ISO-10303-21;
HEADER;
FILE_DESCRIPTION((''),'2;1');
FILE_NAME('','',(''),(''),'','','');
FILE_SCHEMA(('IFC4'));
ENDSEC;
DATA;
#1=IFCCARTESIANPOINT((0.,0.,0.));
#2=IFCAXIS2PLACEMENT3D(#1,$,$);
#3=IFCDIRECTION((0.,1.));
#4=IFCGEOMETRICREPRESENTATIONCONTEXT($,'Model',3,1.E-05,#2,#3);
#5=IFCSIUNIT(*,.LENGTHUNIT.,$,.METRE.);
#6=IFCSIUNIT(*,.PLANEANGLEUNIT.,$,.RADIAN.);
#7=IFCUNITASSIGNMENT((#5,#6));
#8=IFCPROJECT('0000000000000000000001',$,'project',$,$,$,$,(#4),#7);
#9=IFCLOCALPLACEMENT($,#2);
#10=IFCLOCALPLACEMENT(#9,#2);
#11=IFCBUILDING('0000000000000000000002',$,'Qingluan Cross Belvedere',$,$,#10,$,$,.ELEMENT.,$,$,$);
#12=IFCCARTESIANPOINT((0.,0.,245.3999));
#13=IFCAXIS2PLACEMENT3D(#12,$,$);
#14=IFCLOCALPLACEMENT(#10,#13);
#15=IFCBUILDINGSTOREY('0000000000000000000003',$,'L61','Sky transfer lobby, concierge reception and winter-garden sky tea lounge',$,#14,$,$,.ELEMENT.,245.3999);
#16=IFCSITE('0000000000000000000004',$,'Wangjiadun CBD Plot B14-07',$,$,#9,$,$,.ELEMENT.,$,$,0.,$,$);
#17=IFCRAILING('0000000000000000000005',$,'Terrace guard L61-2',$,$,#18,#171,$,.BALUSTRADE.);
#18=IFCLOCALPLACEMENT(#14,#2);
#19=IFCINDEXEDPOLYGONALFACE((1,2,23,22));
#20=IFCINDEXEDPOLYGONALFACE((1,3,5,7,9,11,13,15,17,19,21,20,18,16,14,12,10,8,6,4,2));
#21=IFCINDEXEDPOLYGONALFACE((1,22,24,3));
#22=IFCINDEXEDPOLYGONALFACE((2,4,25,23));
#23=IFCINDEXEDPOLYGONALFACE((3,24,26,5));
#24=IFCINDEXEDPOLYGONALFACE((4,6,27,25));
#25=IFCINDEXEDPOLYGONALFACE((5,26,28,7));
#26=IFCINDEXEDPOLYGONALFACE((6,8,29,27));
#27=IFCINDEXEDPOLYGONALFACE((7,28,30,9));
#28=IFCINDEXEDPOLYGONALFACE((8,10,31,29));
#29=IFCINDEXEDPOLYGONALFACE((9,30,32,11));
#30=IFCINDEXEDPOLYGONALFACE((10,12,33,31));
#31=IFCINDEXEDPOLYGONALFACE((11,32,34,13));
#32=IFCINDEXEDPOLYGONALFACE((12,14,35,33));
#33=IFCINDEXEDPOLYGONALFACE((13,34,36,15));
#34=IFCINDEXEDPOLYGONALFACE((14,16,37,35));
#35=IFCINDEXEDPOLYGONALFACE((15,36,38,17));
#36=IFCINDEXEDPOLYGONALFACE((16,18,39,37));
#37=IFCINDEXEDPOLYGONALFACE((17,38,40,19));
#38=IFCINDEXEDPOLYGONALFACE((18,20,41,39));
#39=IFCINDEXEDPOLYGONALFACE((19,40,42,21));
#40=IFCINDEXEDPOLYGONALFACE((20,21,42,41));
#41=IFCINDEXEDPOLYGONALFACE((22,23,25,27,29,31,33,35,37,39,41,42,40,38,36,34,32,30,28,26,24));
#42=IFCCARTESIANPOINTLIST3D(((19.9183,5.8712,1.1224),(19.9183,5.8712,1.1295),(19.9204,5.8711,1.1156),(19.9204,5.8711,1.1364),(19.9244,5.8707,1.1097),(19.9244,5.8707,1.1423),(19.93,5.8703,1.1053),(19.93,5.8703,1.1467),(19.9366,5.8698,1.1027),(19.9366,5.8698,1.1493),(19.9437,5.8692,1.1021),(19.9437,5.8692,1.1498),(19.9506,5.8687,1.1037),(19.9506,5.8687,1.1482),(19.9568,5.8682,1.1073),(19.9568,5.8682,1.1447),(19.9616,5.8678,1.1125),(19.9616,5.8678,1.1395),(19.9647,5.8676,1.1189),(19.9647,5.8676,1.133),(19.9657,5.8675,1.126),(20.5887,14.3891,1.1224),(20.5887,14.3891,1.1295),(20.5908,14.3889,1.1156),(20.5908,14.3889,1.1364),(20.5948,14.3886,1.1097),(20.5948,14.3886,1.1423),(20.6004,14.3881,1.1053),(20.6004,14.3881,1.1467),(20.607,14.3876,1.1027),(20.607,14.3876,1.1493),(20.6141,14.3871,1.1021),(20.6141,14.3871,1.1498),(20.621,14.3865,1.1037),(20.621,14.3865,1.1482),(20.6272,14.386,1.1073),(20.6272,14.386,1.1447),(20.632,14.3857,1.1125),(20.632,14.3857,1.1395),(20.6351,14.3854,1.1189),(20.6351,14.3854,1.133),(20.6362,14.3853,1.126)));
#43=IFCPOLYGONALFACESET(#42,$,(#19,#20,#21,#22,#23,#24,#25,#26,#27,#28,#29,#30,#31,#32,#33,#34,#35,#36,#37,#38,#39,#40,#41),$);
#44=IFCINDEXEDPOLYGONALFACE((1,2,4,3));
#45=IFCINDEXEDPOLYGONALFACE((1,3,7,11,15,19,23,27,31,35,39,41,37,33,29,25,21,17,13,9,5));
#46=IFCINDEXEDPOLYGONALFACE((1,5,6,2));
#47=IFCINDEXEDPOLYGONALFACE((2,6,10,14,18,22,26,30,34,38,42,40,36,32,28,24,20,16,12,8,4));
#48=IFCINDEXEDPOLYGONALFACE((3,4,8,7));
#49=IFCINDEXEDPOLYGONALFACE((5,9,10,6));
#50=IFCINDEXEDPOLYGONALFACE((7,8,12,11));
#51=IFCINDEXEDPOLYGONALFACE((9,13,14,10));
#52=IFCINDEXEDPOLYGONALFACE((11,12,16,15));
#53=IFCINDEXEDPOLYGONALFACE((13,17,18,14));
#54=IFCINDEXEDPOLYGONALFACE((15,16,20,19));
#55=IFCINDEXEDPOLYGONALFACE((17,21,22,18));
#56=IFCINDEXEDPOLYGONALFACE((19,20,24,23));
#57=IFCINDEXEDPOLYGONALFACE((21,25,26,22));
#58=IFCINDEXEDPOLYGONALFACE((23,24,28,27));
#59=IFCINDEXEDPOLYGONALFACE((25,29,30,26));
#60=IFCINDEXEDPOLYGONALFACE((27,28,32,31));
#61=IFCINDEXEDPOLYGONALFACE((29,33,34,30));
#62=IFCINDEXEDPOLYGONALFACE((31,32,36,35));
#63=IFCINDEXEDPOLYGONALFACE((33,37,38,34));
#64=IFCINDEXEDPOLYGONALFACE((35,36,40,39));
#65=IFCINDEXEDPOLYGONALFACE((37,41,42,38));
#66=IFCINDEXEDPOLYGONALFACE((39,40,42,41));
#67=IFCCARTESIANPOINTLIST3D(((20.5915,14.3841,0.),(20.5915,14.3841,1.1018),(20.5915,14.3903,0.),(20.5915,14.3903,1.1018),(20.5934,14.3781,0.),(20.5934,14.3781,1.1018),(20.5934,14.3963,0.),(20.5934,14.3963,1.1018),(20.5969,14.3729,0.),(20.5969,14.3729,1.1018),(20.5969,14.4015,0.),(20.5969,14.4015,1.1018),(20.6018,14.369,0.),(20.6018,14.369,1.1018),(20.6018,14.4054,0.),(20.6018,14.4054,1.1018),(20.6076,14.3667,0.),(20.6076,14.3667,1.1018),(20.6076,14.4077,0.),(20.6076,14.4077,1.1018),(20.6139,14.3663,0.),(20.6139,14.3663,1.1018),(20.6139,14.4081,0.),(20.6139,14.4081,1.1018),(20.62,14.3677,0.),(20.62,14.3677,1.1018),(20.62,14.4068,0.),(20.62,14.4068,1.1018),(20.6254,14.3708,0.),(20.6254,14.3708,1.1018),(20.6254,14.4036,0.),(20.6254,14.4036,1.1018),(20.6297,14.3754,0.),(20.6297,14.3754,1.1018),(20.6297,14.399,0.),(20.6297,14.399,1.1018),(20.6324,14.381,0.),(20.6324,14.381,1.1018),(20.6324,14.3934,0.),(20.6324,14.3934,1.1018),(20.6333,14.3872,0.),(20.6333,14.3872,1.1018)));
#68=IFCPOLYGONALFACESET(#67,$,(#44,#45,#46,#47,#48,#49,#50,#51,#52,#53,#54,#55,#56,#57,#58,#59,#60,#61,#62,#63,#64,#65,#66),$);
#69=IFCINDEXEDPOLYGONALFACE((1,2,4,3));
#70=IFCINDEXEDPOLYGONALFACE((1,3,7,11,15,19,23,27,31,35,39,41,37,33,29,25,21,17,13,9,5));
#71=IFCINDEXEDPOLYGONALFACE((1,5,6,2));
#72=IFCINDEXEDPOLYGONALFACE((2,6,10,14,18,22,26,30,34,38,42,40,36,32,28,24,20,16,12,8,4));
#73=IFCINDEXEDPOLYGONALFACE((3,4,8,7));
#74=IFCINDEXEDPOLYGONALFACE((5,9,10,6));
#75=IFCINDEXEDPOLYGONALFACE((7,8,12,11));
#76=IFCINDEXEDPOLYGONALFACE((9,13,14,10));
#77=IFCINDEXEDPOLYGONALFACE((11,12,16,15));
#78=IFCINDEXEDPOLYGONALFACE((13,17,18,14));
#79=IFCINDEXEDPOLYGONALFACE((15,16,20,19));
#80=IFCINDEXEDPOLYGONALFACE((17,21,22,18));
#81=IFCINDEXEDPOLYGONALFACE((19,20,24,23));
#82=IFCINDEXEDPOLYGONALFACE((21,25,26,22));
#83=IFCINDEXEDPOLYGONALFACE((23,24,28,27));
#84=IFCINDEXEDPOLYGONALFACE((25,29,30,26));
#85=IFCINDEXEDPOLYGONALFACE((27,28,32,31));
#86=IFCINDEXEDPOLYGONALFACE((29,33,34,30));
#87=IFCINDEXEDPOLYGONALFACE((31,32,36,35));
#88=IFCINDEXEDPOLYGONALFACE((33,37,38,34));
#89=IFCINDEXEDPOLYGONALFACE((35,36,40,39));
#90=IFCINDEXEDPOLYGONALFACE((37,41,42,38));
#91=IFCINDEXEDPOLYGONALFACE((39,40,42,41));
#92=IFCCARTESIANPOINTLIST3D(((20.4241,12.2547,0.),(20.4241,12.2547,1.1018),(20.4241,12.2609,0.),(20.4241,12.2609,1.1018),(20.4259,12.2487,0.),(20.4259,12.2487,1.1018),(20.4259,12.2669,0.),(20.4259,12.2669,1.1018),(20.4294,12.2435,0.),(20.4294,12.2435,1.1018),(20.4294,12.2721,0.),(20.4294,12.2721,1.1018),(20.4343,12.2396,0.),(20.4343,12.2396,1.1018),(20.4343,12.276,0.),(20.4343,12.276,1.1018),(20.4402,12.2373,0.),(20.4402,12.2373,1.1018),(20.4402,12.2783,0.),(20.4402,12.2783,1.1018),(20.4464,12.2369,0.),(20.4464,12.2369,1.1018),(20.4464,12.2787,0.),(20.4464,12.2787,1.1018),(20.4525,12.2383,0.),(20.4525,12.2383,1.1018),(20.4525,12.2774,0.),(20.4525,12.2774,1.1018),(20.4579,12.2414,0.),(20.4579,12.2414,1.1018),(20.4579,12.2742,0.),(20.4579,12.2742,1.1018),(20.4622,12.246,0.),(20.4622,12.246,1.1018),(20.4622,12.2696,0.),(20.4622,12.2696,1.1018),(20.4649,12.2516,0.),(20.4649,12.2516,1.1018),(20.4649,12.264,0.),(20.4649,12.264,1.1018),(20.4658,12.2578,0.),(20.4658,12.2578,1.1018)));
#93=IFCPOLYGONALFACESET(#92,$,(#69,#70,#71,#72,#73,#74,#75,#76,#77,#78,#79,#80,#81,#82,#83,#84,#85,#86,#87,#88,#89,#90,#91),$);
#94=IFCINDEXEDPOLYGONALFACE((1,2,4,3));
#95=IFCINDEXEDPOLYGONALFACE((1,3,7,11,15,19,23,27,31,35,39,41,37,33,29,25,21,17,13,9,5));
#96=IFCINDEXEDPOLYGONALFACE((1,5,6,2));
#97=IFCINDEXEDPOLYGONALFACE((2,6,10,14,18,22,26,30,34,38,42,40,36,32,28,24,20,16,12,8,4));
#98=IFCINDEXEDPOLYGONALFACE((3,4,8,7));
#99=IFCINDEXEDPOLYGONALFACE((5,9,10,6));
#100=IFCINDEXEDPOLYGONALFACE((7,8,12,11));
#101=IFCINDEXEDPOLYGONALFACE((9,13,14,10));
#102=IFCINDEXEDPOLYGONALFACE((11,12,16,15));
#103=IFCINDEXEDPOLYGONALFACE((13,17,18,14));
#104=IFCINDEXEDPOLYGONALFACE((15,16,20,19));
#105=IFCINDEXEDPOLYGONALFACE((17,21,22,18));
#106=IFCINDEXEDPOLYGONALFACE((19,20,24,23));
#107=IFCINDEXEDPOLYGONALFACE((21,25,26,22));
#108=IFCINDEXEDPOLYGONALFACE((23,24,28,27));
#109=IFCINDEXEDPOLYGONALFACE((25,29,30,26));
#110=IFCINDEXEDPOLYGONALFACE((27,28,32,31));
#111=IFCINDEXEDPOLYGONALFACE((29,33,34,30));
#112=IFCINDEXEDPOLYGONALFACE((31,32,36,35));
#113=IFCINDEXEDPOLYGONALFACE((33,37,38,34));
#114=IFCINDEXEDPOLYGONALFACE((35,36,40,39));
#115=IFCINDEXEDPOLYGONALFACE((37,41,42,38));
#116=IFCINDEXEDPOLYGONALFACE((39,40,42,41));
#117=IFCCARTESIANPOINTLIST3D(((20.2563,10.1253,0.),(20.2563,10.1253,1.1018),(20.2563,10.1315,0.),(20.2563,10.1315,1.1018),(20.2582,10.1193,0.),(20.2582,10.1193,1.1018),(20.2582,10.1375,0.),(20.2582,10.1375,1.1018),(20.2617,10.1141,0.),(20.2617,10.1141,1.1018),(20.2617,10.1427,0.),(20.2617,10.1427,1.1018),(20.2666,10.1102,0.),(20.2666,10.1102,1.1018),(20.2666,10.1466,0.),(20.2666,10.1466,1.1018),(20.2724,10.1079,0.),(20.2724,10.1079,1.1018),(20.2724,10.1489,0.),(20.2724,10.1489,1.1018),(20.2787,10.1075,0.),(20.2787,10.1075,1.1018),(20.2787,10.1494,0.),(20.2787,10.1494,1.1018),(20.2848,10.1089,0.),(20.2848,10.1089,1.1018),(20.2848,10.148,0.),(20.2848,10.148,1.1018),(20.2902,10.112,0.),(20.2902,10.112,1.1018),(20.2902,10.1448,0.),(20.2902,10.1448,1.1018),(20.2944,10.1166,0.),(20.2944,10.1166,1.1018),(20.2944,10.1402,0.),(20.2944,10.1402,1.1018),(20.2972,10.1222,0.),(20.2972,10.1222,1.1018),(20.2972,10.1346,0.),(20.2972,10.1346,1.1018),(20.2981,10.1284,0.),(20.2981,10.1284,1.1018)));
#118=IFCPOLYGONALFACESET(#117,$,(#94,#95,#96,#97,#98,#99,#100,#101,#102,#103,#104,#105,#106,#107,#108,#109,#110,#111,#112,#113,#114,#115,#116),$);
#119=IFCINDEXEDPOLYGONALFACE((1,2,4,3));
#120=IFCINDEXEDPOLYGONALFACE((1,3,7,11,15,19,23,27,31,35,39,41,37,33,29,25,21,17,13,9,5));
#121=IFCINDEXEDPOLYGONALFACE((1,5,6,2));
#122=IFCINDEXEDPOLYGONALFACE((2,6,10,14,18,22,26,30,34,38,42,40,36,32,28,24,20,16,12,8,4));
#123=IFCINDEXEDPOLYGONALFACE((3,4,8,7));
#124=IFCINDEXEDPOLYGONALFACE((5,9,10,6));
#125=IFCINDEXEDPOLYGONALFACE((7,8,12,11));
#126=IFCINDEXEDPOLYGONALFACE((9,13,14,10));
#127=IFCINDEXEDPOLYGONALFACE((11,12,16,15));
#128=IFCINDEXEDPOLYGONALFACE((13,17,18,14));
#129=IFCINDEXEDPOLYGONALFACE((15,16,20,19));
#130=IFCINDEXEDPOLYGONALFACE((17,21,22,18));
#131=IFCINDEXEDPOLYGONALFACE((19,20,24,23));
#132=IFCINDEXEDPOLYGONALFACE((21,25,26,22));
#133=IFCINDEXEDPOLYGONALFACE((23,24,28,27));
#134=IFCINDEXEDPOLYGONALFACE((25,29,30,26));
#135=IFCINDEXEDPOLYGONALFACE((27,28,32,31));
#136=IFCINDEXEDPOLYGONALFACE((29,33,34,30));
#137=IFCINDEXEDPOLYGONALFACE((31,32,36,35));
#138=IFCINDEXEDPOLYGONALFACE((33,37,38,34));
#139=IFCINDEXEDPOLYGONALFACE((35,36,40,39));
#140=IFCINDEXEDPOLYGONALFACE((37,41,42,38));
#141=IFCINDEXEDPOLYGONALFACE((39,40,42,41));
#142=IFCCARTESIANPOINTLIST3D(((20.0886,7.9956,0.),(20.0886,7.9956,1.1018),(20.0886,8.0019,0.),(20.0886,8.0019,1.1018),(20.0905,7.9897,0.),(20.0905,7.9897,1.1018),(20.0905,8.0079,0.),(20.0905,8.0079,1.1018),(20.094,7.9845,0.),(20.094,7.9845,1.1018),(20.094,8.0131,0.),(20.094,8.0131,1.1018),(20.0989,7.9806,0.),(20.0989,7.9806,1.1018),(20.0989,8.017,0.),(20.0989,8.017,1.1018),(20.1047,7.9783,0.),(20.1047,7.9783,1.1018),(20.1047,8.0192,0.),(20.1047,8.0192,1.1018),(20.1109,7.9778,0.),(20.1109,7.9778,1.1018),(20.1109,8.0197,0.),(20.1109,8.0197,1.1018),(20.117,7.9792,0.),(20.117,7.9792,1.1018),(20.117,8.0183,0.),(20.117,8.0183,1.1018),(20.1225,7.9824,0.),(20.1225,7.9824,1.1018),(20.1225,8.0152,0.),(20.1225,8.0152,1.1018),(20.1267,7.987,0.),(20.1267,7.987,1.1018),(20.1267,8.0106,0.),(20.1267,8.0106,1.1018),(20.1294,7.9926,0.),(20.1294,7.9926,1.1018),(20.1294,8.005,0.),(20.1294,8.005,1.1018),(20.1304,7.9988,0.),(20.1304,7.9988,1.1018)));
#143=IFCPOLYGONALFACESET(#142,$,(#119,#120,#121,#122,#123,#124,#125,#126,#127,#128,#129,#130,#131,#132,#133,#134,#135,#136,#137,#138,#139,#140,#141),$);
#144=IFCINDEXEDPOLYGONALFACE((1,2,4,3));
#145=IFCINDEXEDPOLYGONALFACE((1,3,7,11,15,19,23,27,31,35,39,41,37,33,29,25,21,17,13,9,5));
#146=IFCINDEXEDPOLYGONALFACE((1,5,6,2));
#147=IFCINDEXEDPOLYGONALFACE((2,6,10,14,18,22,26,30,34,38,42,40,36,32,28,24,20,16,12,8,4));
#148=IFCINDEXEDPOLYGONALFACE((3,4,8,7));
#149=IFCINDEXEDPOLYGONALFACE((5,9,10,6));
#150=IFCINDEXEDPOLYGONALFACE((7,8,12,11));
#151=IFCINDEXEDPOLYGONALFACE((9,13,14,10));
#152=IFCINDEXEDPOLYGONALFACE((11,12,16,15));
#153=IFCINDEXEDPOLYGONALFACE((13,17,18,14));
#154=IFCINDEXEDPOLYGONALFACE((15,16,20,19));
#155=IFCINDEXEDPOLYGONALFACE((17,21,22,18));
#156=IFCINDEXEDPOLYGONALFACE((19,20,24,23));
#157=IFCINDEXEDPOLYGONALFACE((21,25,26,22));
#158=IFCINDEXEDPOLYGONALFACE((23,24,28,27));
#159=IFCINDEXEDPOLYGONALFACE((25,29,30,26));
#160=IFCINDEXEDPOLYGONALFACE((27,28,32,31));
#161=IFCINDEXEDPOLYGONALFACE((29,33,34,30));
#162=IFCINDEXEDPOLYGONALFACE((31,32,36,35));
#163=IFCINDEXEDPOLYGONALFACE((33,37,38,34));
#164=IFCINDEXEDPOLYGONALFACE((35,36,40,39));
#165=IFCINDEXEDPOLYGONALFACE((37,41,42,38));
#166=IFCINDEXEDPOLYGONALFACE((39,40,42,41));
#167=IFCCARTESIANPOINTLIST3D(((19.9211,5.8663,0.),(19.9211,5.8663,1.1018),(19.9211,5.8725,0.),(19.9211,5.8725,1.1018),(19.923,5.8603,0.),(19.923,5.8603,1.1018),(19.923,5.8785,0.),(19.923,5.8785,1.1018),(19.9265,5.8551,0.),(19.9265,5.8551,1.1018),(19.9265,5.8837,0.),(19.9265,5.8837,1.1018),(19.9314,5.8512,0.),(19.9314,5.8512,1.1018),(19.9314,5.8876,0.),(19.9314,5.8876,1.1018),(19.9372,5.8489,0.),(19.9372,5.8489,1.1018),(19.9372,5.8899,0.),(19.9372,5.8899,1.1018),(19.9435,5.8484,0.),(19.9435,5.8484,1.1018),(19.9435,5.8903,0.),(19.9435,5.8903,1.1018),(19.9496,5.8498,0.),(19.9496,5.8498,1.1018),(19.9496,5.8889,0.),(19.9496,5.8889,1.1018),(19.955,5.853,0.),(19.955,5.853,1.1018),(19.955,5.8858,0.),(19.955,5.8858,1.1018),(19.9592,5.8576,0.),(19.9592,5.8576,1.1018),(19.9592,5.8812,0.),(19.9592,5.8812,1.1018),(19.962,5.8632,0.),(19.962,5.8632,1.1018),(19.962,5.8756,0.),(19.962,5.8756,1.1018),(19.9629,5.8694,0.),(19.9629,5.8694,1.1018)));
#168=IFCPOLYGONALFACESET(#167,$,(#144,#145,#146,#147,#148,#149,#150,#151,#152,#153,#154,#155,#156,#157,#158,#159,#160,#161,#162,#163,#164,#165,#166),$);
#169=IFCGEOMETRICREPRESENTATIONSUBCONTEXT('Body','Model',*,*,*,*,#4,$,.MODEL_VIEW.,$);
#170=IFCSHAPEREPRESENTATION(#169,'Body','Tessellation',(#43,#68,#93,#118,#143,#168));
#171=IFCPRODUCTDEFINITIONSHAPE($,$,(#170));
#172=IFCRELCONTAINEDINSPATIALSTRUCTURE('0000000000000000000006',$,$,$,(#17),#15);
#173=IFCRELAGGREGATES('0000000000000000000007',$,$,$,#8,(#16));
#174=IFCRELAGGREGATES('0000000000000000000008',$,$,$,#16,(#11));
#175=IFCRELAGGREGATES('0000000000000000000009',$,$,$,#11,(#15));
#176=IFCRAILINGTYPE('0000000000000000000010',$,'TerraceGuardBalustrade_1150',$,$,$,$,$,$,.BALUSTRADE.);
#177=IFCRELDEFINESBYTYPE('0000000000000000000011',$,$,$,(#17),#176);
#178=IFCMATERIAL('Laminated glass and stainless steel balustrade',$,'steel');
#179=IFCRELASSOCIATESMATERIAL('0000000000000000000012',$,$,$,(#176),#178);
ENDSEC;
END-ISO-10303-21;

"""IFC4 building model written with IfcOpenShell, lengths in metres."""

from ifc_helpers import new_model, si_unit, direction, frame, origin, origin_2d, place, context, subcontext, project, spatial, circle, extrude, material, type_object, element, save


model = new_model("IFC4")

# Units and contexts
model_context = context("Model", 3, precision=1e-05, world=origin(), true_north=direction((0.0, 1.0)))
body_context = subcontext(model_context, "Body", "Model", "MODEL_VIEW")
ifc_project = project(units=[si_unit("LENGTHUNIT", "METRE"), si_unit("PLANEANGLEUNIT", "RADIAN")], contexts=[model_context])

# Site, building, storey
site_placement = place(None, origin())
site = spatial("IfcSite", under=ifc_project, at=site_placement, Name="Wangjiadun CBD Plot B14-07", CompositionType="ELEMENT", RefElevation=0.0)
building_placement = place(site_placement, origin())
building = spatial("IfcBuilding", under=site, at=building_placement, Name="Qingluan Cross Belvedere", CompositionType="ELEMENT")
storey_placement = place(building_placement, frame((0.0, 0.0, 245.3999)))
storey = spatial("IfcBuildingStorey", under=building, at=storey_placement, Name="L61", Description="Sky transfer lobby, concierge reception and winter-garden sky tea lounge", CompositionType="ELEMENT", Elevation=245.3999)

# Railing
ifc_material_1 = material(Name="Laminated glass and stainless steel balustrade", Category="steel")
railing_type = type_object("IfcRailingType", Name="TerraceGuardBalustrade_1150", PredefinedType="BALUSTRADE", material=ifc_material_1)
railing_1_placement = place(storey_placement, frame((20.6123, 14.3872, 0.0)))
element("IfcRailing", 1, at=railing_1_placement, inside=storey, type_object=railing_type, Name="Terrace guard L61-2", PredefinedType="BALUSTRADE", context=body_context, shape_type="SweptSolid", body=[
    extrude(circle(Radius=0.0239, at=origin_2d()), frame((0.0, 0.0, 1.126), z_axis=(-0.078464, -0.996917, 0.0), x_axis=(0.996917, -0.078464, 0.0)), (0.0, 0.0, 1.0), 8.5442),
    extrude(circle(Radius=0.021, at=origin_2d()), origin(), (0.0, 0.0, 1.0), 1.1018),
    extrude(circle(Radius=0.021, at=origin_2d()), frame((-0.1675, -2.1294, 0.0)), (0.0, 0.0, 1.0), 1.1018),
    extrude(circle(Radius=0.021, at=origin_2d()), frame((-0.3352, -4.2588, 0.0)), (0.0, 0.0, 1.0), 1.1018),
    extrude(circle(Radius=0.021, at=origin_2d()), frame((-0.5029, -6.3884, 0.0)), (0.0, 0.0, 1.0), 1.1018),
    extrude(circle(Radius=0.021, at=origin_2d()), frame((-0.6704, -8.5178, 0.0)), (0.0, 0.0, 1.0), 1.1018),
])

save(model, "model.ifc")
